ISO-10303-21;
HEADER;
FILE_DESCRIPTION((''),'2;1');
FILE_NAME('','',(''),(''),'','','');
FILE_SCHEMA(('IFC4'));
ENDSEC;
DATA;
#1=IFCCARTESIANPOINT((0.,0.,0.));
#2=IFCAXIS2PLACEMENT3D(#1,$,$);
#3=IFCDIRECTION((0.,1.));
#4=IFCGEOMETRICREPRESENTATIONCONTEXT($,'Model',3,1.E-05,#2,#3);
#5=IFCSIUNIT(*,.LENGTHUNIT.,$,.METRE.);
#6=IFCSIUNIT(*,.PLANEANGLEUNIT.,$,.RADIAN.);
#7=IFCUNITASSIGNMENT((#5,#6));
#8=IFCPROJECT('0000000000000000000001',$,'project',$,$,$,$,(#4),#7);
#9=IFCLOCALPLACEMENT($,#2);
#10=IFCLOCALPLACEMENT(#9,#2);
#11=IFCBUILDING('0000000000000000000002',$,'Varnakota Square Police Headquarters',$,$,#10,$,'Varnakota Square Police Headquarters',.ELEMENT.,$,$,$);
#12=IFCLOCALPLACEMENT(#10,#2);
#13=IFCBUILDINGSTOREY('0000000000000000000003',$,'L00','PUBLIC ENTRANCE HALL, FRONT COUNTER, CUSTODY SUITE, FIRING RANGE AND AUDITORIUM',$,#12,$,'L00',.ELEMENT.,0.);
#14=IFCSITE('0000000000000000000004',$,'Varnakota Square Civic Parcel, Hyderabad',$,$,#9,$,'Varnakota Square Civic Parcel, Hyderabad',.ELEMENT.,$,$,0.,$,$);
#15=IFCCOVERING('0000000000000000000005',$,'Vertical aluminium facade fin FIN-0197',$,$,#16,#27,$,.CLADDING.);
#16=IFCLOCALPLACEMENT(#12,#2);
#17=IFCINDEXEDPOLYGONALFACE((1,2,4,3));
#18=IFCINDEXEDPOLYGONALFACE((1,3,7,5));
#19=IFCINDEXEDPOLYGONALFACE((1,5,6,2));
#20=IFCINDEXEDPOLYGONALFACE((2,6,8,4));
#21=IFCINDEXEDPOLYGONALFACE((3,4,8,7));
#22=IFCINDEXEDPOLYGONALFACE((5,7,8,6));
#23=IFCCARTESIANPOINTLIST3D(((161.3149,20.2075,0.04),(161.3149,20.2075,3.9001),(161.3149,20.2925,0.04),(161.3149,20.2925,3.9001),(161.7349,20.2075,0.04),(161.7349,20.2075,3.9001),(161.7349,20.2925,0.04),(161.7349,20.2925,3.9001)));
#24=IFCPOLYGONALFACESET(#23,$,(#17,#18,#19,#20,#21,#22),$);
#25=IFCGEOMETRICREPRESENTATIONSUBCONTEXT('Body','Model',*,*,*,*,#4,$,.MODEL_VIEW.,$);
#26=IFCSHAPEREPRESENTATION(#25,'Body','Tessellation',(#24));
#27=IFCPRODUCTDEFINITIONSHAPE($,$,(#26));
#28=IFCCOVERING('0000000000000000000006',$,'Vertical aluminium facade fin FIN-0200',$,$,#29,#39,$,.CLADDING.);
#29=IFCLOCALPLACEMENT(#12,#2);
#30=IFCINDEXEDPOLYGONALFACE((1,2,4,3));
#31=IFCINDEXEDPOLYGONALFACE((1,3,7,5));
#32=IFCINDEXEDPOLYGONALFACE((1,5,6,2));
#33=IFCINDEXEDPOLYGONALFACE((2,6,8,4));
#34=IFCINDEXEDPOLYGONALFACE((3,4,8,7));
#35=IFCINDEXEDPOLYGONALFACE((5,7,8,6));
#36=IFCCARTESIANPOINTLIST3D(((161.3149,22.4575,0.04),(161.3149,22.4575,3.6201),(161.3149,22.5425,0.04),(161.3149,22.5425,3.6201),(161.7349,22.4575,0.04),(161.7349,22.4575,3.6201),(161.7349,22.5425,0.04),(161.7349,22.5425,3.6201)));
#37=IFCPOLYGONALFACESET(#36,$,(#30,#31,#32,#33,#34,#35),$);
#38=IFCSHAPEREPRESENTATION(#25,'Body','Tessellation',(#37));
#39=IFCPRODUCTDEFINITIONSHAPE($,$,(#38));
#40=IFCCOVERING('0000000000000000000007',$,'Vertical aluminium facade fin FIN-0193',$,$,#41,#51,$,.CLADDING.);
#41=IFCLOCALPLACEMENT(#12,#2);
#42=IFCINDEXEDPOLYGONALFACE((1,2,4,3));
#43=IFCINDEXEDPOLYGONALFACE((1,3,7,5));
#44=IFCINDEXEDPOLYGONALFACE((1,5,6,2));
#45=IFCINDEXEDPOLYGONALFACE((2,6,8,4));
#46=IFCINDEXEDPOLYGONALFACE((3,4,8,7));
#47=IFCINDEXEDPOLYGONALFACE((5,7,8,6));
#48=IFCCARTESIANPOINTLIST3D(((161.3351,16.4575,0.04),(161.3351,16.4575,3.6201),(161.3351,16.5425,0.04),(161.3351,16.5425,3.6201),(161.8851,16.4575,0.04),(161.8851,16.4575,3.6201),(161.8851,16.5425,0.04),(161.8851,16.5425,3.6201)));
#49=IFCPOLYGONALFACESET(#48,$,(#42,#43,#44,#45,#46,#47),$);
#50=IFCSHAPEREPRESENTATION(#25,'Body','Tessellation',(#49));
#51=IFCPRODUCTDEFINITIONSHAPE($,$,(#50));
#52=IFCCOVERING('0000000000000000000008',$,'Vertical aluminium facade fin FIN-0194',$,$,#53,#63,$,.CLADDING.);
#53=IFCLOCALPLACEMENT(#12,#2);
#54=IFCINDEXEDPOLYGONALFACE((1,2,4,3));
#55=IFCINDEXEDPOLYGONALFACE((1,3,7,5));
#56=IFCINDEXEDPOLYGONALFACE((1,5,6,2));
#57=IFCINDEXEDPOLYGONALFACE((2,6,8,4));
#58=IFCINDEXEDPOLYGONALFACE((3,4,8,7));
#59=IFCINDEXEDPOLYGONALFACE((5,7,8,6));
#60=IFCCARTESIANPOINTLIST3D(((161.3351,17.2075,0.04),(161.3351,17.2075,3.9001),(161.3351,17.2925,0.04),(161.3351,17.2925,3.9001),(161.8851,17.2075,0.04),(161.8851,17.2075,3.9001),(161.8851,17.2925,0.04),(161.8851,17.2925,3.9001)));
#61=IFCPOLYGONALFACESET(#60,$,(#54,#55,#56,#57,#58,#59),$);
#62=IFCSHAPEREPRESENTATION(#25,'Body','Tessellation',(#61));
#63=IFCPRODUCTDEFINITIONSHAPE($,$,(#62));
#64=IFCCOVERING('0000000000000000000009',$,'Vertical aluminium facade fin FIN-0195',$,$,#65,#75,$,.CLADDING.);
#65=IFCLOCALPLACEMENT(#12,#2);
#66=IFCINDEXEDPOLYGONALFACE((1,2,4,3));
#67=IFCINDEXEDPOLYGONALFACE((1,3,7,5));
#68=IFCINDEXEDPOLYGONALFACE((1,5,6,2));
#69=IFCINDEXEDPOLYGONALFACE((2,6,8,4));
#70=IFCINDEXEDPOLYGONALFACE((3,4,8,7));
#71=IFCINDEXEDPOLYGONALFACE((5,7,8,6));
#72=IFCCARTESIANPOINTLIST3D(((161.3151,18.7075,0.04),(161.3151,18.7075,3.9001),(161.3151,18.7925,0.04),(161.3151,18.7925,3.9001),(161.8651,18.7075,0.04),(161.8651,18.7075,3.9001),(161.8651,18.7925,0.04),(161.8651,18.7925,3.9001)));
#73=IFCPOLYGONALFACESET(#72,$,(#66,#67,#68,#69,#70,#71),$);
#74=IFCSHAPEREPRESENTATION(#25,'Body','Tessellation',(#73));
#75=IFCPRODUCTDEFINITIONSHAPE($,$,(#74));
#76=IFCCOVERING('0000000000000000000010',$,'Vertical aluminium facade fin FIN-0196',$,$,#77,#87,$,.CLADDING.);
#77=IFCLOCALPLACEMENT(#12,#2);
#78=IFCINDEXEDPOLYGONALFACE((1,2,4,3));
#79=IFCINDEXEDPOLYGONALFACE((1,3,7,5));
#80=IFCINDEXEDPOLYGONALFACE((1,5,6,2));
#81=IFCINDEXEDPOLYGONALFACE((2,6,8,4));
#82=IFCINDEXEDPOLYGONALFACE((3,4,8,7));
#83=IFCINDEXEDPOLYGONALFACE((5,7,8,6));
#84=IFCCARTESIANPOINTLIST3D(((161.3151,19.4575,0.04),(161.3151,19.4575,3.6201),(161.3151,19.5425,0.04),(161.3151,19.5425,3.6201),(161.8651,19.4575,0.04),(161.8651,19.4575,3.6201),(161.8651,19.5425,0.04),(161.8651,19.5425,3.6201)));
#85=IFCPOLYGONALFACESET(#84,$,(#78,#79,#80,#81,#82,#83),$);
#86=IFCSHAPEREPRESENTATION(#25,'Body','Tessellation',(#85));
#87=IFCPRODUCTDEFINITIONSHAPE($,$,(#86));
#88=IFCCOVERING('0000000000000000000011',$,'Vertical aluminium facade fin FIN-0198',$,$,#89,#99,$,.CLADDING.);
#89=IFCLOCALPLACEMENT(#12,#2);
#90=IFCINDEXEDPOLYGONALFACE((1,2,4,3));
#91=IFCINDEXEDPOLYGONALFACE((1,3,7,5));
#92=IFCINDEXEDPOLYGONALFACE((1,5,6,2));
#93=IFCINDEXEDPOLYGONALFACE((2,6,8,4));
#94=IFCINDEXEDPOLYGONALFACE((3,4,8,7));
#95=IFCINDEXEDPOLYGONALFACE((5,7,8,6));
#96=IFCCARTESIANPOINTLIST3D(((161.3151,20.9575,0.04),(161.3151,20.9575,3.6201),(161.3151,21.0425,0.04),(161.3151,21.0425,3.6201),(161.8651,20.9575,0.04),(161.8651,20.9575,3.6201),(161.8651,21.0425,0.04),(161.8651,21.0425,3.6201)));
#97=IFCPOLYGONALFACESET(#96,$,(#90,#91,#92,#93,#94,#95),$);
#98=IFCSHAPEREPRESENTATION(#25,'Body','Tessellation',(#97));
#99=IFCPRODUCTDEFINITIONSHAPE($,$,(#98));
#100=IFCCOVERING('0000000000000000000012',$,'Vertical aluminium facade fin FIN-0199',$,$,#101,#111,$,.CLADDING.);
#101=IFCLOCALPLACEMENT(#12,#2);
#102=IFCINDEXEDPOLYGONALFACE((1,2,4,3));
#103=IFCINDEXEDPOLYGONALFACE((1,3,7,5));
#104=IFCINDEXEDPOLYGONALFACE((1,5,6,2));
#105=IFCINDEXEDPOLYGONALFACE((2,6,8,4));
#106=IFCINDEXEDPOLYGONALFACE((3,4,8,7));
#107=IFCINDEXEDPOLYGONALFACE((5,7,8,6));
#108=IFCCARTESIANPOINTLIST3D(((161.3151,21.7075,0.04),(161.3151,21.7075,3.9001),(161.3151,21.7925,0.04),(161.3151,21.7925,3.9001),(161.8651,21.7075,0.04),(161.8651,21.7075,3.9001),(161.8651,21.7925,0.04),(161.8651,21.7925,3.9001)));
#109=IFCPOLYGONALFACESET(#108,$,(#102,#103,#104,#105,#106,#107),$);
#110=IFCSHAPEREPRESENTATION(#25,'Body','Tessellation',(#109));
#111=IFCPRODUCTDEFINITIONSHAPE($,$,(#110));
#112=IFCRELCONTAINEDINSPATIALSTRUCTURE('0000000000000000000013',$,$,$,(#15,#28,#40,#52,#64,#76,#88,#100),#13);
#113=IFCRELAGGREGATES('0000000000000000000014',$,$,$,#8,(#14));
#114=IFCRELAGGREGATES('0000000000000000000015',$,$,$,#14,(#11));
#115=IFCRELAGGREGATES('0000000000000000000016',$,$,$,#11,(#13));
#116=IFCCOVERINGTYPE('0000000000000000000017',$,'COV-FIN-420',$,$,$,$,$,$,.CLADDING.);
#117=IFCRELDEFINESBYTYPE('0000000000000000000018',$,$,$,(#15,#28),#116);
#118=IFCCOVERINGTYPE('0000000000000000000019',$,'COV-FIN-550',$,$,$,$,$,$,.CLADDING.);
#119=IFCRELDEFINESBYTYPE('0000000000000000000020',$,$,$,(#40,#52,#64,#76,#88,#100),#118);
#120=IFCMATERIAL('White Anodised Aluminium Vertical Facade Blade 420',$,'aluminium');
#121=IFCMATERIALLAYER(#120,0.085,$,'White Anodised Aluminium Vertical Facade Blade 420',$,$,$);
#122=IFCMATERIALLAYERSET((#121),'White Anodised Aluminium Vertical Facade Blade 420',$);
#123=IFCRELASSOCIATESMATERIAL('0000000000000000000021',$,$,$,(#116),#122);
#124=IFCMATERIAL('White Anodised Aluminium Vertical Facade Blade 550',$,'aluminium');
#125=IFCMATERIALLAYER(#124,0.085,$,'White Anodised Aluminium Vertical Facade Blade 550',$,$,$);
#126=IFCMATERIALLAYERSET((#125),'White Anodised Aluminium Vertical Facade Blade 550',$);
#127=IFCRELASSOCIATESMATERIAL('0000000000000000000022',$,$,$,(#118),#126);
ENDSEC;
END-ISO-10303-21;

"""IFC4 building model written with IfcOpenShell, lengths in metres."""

from ifc_helpers import new_model, si_unit, direction, frame, origin, origin_2d, place, context, subcontext, project, spatial, rectangle, extrude, material, layer, layer_set, type_object, element, save


model = new_model("IFC4")

# Units and contexts
model_context = context("Model", 3, precision=1e-05, world=origin(), true_north=direction((0.0, 1.0)))
body_context = subcontext(model_context, "Body", "Model", "MODEL_VIEW")
ifc_project = project(units=[si_unit("LENGTHUNIT", "METRE"), si_unit("PLANEANGLEUNIT", "RADIAN")], contexts=[model_context])

# Site, building, storey
site_placement = place(None, origin())
site = spatial("IfcSite", under=ifc_project, at=site_placement, Name="Varnakota Square Civic Parcel, Hyderabad", LongName="Varnakota Square Civic Parcel, Hyderabad", CompositionType="ELEMENT", RefElevation=0.0)
building_placement = place(site_placement, origin())
building = spatial("IfcBuilding", under=site, at=building_placement, Name="Varnakota Square Police Headquarters", LongName="Varnakota Square Police Headquarters", CompositionType="ELEMENT")
storey_placement = place(building_placement, origin())
storey = spatial("IfcBuildingStorey", under=building, at=storey_placement, Name="L00", Description="PUBLIC ENTRANCE HALL, FRONT COUNTER, CUSTODY SUITE, FIRING RANGE AND AUDITORIUM", LongName="L00", CompositionType="ELEMENT", Elevation=0.0)

# Coverings
ifc_material_1 = material(Name="White Anodised Aluminium Vertical Facade Blade 420", Category="aluminium")
ifc_layer_1 = layer(ifc_material_1, 0.085, Name="White Anodised Aluminium Vertical Facade Blade 420")
ifc_layer_set_1 = layer_set([ifc_layer_1], Name="White Anodised Aluminium Vertical Facade Blade 420")
covering_type_1 = type_object("IfcCoveringType", Name="COV-FIN-420", PredefinedType="CLADDING", material=ifc_layer_set_1)
for number, where, z_axis, x_axis, name in (
    (1, (161.5249, 20.25, 0.04), (0.0, 0.0, 1.0), (0.0, 1.0, 0.0), "Vertical aluminium facade fin FIN-0197"),
):
    element("IfcCovering", number, at=place(storey_placement, frame(where, z_axis=z_axis, x_axis=x_axis)), inside=storey, type_object=covering_type_1, Name=name, PredefinedType="CLADDING", context=body_context, shape_type="SweptSolid", body=[
        extrude(rectangle(XDim=0.085, YDim=0.4199, at=origin_2d()), origin(), (0.0, 0.0, 1.0), 3.8601),
    ])
covering_1_placement = place(storey_placement, frame((161.5249, 22.5, 0.04), z_axis=(0.0, 0.0, 1.0), x_axis=(0.0, 1.0, 0.0)))
element("IfcCovering", 2, at=covering_1_placement, inside=storey, type_object=covering_type_1, Name="Vertical aluminium facade fin FIN-0200", PredefinedType="CLADDING", context=body_context, shape_type="SweptSolid", body=[
    extrude(rectangle(XDim=0.085, YDim=0.4199, at=origin_2d()), origin(), (0.0, 0.0, 1.0), 3.5801),
])
ifc_material_2 = material(Name="White Anodised Aluminium Vertical Facade Blade 550", Category="aluminium")
ifc_layer_2 = layer(ifc_material_2, 0.085, Name="White Anodised Aluminium Vertical Facade Blade 550")
ifc_layer_set_2 = layer_set([ifc_layer_2], Name="White Anodised Aluminium Vertical Facade Blade 550")
covering_type_2 = type_object("IfcCoveringType", Name="COV-FIN-550", PredefinedType="CLADDING", material=ifc_layer_set_2)
covering_2_placement = place(storey_placement, frame((161.6101, 16.5, 0.04), z_axis=(0.0, 0.0, 1.0), x_axis=(0.0, 1.0, 0.0)))
element("IfcCovering", 3, at=covering_2_placement, inside=storey, type_object=covering_type_2, Name="Vertical aluminium facade fin FIN-0193", PredefinedType="CLADDING", context=body_context, shape_type="SweptSolid", body=[
    extrude(rectangle(XDim=0.085, YDim=0.55, at=origin_2d()), origin(), (0.0, 0.0, 1.0), 3.5801),
])
for number, where, z_axis, x_axis, name in (
    (4, (161.6101, 17.25, 0.04), (0.0, 0.0, 1.0), (0.0, 1.0, 0.0), "Vertical aluminium facade fin FIN-0194"),
    (5, (161.5901, 18.75, 0.04), (0.0, 0.0, 1.0), (0.0, 1.0, 0.0), "Vertical aluminium facade fin FIN-0195"),
):
    element("IfcCovering", number, at=place(storey_placement, frame(where, z_axis=z_axis, x_axis=x_axis)), inside=storey, type_object=covering_type_2, Name=name, PredefinedType="CLADDING", context=body_context, shape_type="SweptSolid", body=[
        extrude(rectangle(XDim=0.085, YDim=0.55, at=origin_2d()), origin(), (0.0, 0.0, 1.0), 3.8601),
    ])
for number, where, z_axis, x_axis, name in (
    (6, (161.5901, 19.5, 0.04), (0.0, 0.0, 1.0), (0.0, 1.0, 0.0), "Vertical aluminium facade fin FIN-0196"),
    (7, (161.5901, 21.0, 0.04), (0.0, 0.0, 1.0), (0.0, 1.0, 0.0), "Vertical aluminium facade fin FIN-0198"),
):
    element("IfcCovering", number, at=place(storey_placement, frame(where, z_axis=z_axis, x_axis=x_axis)), inside=storey, type_object=covering_type_2, Name=name, PredefinedType="CLADDING", context=body_context, shape_type="SweptSolid", body=[
        extrude(rectangle(XDim=0.085, YDim=0.55, at=origin_2d()), origin(), (0.0, 0.0, 1.0), 3.5801),
    ])
covering_3_placement = place(storey_placement, frame((161.5901, 21.75, 0.04), z_axis=(0.0, 0.0, 1.0), x_axis=(0.0, 1.0, 0.0)))
element("IfcCovering", 8, at=covering_3_placement, inside=storey, type_object=covering_type_2, Name="Vertical aluminium facade fin FIN-0199", PredefinedType="CLADDING", context=body_context, shape_type="SweptSolid", body=[
    extrude(rectangle(XDim=0.085, YDim=0.55, at=origin_2d()), origin(), (0.0, 0.0, 1.0), 3.8601),
])

save(model, "model.ifc")
